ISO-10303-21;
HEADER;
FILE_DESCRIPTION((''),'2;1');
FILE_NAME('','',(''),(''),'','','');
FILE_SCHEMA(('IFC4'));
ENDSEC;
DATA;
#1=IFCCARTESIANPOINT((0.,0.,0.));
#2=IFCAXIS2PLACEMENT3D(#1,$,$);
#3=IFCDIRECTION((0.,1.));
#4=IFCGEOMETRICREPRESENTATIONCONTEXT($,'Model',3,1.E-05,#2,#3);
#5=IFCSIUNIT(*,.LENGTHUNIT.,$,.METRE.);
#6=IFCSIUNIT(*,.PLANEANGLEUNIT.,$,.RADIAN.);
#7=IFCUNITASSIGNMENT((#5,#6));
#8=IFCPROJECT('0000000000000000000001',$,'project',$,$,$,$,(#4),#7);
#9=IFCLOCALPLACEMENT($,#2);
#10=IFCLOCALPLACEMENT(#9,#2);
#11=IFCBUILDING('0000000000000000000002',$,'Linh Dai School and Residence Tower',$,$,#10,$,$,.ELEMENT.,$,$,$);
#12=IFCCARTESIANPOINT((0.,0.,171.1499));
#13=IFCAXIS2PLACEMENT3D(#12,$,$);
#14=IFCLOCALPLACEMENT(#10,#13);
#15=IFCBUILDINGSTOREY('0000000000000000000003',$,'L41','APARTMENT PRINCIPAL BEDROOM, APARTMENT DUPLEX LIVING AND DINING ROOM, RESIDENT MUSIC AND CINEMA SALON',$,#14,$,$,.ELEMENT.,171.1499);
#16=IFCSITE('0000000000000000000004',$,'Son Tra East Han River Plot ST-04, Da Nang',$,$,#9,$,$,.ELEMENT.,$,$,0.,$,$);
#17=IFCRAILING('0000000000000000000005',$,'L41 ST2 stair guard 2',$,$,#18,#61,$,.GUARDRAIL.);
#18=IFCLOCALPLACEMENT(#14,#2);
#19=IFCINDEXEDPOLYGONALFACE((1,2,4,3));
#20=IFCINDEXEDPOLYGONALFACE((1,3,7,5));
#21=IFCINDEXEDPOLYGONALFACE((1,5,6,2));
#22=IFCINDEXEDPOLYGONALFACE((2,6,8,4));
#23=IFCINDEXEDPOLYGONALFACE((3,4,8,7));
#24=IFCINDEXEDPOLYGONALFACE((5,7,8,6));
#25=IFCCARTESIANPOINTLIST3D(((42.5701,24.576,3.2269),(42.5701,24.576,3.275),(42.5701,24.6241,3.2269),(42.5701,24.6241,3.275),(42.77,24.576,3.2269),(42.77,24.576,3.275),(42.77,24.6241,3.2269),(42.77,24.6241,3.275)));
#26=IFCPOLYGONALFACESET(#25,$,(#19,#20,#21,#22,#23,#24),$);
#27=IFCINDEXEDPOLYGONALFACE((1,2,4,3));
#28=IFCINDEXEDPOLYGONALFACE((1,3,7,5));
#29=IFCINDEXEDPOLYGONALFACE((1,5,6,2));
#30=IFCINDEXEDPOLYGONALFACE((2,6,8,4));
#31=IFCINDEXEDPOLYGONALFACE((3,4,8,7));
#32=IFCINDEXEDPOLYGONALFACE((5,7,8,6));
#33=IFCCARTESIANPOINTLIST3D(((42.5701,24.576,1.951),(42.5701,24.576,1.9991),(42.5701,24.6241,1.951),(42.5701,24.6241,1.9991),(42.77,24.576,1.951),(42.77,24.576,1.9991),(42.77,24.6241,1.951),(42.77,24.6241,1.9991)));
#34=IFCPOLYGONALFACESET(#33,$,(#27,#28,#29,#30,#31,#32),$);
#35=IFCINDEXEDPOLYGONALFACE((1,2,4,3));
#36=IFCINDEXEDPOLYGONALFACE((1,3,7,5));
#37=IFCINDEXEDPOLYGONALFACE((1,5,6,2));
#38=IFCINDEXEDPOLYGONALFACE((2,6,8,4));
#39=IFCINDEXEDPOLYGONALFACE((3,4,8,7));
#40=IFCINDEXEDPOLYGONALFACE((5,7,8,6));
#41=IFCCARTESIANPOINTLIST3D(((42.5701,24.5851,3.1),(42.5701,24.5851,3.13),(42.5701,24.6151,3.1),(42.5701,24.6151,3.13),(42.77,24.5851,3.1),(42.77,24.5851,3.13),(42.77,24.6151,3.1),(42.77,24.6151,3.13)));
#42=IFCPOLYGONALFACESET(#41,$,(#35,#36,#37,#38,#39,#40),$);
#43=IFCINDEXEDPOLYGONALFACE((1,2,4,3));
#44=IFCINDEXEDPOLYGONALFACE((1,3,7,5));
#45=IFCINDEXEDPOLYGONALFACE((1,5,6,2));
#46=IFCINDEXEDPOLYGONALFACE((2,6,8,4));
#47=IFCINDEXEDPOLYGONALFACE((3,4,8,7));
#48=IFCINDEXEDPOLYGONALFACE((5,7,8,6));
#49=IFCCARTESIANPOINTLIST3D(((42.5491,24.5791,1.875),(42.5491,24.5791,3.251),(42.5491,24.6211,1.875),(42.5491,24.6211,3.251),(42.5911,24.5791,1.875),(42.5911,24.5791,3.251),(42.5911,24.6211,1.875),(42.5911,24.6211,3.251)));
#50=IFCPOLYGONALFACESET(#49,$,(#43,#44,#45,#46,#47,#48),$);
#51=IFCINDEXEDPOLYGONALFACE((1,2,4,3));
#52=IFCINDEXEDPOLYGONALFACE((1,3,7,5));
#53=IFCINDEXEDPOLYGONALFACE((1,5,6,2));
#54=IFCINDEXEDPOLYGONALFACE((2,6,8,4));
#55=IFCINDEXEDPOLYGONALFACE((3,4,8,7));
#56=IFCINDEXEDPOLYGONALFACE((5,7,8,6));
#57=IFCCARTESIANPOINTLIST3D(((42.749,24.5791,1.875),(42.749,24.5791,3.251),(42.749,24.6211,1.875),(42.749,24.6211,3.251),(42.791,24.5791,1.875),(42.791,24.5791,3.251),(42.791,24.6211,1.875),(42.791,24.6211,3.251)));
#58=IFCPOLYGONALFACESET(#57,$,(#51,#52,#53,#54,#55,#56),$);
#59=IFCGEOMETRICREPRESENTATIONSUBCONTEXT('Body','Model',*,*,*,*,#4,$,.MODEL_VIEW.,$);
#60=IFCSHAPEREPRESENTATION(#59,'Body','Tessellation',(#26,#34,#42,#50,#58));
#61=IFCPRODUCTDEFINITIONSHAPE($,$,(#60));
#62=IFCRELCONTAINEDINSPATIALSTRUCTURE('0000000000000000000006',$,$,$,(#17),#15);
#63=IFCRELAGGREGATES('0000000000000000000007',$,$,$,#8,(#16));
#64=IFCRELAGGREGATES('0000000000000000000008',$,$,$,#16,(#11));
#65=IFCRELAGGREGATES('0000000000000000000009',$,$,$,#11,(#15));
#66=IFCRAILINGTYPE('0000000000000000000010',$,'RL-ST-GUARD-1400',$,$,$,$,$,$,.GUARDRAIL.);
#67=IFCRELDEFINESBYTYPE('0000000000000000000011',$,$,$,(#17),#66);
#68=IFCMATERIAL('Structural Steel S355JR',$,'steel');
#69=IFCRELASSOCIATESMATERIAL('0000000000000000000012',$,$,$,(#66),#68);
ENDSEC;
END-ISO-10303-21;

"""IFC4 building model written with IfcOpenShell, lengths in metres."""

from ifc_helpers import new_model, si_unit, direction, frame, origin, origin_2d, place, context, subcontext, project, spatial, rectangle, extrude, source, transform, mapped, material, type_object, element, save


model = new_model("IFC4")

# Units and contexts
model_context = context("Model", 3, precision=1e-05, world=origin(), true_north=direction((0.0, 1.0)))
body_context = subcontext(model_context, "Body", "Model", "MODEL_VIEW")
ifc_project = project(units=[si_unit("LENGTHUNIT", "METRE"), si_unit("PLANEANGLEUNIT", "RADIAN")], contexts=[model_context])

# Site, building, storey
site_placement = place(None, origin())
site = spatial("IfcSite", under=ifc_project, at=site_placement, Name="Son Tra East Han River Plot ST-04, Da Nang", CompositionType="ELEMENT", RefElevation=0.0)
building_placement = place(site_placement, origin())
building = spatial("IfcBuilding", under=site, at=building_placement, Name="Linh Dai School and Residence Tower", CompositionType="ELEMENT")
storey_placement = place(building_placement, frame((0.0, 0.0, 171.1499)))
storey = spatial("IfcBuildingStorey", under=building, at=storey_placement, Name="L41", Description="APARTMENT PRINCIPAL BEDROOM, APARTMENT DUPLEX LIVING AND DINING ROOM, RESIDENT MUSIC AND CINEMA SALON", CompositionType="ELEMENT", Elevation=171.1499)

# Shared definitions
ifc_material_1 = material(Name="Structural Steel S355JR", Category="steel")

# Railing
railing_type_1 = type_object("IfcRailingType", Name="RL-ST-GUARD-1400", PredefinedType="GUARDRAIL", material=ifc_material_1)
shared_shape_1 = source(origin(), body_context, "Body", "SweptSolid", [
    extrude(rectangle(XDim=0.0481, YDim=0.0481, at=origin_2d()), frame((0.0, 0.0, 1.376), z_axis=(1.0, 0.0, 0.0), x_axis=(0.0, 1.0, 0.0)), (0.0, 0.0, 1.0), 0.2),
    extrude(rectangle(XDim=0.0481, YDim=0.0481, at=origin_2d()), frame((0.0, 0.0, 0.1001), z_axis=(1.0, 0.0, 0.0), x_axis=(0.0, 1.0, 0.0)), (0.0, 0.0, 1.0), 0.2),
    extrude(rectangle(XDim=0.03, YDim=0.03, at=origin_2d()), frame((0.0, 0.0, 1.24), z_axis=(1.0, 0.0, 0.0), x_axis=(0.0, 1.0, 0.0)), (0.0, 0.0, 1.0), 0.2),
    extrude(rectangle(XDim=0.042, YDim=0.042, at=origin_2d()), origin(), (0.0, 0.0, 1.0), 1.376),
    extrude(rectangle(XDim=0.042, YDim=0.042, at=origin_2d()), frame((0.2, 0.0, 0.0)), (0.0, 0.0, 1.0), 1.376),
])
railing_1_placement = place(storey_placement, frame((42.5701, 24.6001, 1.875)))
element("IfcRailing", 1, at=railing_1_placement, inside=storey, type_object=railing_type_1, Name="L41 ST2 stair guard 2", PredefinedType="GUARDRAIL", context=body_context, shape_type="MappedRepresentation", body=[
    mapped(shared_shape_1, transform((0.0, 0.0, 0.0), x_axis=(1.0, 0.0, 0.0), y_axis=(0.0, 1.0, 0.0), z_axis=(0.0, 0.0, 1.0), scale=1.0)),
])

save(model, "model.ifc")
